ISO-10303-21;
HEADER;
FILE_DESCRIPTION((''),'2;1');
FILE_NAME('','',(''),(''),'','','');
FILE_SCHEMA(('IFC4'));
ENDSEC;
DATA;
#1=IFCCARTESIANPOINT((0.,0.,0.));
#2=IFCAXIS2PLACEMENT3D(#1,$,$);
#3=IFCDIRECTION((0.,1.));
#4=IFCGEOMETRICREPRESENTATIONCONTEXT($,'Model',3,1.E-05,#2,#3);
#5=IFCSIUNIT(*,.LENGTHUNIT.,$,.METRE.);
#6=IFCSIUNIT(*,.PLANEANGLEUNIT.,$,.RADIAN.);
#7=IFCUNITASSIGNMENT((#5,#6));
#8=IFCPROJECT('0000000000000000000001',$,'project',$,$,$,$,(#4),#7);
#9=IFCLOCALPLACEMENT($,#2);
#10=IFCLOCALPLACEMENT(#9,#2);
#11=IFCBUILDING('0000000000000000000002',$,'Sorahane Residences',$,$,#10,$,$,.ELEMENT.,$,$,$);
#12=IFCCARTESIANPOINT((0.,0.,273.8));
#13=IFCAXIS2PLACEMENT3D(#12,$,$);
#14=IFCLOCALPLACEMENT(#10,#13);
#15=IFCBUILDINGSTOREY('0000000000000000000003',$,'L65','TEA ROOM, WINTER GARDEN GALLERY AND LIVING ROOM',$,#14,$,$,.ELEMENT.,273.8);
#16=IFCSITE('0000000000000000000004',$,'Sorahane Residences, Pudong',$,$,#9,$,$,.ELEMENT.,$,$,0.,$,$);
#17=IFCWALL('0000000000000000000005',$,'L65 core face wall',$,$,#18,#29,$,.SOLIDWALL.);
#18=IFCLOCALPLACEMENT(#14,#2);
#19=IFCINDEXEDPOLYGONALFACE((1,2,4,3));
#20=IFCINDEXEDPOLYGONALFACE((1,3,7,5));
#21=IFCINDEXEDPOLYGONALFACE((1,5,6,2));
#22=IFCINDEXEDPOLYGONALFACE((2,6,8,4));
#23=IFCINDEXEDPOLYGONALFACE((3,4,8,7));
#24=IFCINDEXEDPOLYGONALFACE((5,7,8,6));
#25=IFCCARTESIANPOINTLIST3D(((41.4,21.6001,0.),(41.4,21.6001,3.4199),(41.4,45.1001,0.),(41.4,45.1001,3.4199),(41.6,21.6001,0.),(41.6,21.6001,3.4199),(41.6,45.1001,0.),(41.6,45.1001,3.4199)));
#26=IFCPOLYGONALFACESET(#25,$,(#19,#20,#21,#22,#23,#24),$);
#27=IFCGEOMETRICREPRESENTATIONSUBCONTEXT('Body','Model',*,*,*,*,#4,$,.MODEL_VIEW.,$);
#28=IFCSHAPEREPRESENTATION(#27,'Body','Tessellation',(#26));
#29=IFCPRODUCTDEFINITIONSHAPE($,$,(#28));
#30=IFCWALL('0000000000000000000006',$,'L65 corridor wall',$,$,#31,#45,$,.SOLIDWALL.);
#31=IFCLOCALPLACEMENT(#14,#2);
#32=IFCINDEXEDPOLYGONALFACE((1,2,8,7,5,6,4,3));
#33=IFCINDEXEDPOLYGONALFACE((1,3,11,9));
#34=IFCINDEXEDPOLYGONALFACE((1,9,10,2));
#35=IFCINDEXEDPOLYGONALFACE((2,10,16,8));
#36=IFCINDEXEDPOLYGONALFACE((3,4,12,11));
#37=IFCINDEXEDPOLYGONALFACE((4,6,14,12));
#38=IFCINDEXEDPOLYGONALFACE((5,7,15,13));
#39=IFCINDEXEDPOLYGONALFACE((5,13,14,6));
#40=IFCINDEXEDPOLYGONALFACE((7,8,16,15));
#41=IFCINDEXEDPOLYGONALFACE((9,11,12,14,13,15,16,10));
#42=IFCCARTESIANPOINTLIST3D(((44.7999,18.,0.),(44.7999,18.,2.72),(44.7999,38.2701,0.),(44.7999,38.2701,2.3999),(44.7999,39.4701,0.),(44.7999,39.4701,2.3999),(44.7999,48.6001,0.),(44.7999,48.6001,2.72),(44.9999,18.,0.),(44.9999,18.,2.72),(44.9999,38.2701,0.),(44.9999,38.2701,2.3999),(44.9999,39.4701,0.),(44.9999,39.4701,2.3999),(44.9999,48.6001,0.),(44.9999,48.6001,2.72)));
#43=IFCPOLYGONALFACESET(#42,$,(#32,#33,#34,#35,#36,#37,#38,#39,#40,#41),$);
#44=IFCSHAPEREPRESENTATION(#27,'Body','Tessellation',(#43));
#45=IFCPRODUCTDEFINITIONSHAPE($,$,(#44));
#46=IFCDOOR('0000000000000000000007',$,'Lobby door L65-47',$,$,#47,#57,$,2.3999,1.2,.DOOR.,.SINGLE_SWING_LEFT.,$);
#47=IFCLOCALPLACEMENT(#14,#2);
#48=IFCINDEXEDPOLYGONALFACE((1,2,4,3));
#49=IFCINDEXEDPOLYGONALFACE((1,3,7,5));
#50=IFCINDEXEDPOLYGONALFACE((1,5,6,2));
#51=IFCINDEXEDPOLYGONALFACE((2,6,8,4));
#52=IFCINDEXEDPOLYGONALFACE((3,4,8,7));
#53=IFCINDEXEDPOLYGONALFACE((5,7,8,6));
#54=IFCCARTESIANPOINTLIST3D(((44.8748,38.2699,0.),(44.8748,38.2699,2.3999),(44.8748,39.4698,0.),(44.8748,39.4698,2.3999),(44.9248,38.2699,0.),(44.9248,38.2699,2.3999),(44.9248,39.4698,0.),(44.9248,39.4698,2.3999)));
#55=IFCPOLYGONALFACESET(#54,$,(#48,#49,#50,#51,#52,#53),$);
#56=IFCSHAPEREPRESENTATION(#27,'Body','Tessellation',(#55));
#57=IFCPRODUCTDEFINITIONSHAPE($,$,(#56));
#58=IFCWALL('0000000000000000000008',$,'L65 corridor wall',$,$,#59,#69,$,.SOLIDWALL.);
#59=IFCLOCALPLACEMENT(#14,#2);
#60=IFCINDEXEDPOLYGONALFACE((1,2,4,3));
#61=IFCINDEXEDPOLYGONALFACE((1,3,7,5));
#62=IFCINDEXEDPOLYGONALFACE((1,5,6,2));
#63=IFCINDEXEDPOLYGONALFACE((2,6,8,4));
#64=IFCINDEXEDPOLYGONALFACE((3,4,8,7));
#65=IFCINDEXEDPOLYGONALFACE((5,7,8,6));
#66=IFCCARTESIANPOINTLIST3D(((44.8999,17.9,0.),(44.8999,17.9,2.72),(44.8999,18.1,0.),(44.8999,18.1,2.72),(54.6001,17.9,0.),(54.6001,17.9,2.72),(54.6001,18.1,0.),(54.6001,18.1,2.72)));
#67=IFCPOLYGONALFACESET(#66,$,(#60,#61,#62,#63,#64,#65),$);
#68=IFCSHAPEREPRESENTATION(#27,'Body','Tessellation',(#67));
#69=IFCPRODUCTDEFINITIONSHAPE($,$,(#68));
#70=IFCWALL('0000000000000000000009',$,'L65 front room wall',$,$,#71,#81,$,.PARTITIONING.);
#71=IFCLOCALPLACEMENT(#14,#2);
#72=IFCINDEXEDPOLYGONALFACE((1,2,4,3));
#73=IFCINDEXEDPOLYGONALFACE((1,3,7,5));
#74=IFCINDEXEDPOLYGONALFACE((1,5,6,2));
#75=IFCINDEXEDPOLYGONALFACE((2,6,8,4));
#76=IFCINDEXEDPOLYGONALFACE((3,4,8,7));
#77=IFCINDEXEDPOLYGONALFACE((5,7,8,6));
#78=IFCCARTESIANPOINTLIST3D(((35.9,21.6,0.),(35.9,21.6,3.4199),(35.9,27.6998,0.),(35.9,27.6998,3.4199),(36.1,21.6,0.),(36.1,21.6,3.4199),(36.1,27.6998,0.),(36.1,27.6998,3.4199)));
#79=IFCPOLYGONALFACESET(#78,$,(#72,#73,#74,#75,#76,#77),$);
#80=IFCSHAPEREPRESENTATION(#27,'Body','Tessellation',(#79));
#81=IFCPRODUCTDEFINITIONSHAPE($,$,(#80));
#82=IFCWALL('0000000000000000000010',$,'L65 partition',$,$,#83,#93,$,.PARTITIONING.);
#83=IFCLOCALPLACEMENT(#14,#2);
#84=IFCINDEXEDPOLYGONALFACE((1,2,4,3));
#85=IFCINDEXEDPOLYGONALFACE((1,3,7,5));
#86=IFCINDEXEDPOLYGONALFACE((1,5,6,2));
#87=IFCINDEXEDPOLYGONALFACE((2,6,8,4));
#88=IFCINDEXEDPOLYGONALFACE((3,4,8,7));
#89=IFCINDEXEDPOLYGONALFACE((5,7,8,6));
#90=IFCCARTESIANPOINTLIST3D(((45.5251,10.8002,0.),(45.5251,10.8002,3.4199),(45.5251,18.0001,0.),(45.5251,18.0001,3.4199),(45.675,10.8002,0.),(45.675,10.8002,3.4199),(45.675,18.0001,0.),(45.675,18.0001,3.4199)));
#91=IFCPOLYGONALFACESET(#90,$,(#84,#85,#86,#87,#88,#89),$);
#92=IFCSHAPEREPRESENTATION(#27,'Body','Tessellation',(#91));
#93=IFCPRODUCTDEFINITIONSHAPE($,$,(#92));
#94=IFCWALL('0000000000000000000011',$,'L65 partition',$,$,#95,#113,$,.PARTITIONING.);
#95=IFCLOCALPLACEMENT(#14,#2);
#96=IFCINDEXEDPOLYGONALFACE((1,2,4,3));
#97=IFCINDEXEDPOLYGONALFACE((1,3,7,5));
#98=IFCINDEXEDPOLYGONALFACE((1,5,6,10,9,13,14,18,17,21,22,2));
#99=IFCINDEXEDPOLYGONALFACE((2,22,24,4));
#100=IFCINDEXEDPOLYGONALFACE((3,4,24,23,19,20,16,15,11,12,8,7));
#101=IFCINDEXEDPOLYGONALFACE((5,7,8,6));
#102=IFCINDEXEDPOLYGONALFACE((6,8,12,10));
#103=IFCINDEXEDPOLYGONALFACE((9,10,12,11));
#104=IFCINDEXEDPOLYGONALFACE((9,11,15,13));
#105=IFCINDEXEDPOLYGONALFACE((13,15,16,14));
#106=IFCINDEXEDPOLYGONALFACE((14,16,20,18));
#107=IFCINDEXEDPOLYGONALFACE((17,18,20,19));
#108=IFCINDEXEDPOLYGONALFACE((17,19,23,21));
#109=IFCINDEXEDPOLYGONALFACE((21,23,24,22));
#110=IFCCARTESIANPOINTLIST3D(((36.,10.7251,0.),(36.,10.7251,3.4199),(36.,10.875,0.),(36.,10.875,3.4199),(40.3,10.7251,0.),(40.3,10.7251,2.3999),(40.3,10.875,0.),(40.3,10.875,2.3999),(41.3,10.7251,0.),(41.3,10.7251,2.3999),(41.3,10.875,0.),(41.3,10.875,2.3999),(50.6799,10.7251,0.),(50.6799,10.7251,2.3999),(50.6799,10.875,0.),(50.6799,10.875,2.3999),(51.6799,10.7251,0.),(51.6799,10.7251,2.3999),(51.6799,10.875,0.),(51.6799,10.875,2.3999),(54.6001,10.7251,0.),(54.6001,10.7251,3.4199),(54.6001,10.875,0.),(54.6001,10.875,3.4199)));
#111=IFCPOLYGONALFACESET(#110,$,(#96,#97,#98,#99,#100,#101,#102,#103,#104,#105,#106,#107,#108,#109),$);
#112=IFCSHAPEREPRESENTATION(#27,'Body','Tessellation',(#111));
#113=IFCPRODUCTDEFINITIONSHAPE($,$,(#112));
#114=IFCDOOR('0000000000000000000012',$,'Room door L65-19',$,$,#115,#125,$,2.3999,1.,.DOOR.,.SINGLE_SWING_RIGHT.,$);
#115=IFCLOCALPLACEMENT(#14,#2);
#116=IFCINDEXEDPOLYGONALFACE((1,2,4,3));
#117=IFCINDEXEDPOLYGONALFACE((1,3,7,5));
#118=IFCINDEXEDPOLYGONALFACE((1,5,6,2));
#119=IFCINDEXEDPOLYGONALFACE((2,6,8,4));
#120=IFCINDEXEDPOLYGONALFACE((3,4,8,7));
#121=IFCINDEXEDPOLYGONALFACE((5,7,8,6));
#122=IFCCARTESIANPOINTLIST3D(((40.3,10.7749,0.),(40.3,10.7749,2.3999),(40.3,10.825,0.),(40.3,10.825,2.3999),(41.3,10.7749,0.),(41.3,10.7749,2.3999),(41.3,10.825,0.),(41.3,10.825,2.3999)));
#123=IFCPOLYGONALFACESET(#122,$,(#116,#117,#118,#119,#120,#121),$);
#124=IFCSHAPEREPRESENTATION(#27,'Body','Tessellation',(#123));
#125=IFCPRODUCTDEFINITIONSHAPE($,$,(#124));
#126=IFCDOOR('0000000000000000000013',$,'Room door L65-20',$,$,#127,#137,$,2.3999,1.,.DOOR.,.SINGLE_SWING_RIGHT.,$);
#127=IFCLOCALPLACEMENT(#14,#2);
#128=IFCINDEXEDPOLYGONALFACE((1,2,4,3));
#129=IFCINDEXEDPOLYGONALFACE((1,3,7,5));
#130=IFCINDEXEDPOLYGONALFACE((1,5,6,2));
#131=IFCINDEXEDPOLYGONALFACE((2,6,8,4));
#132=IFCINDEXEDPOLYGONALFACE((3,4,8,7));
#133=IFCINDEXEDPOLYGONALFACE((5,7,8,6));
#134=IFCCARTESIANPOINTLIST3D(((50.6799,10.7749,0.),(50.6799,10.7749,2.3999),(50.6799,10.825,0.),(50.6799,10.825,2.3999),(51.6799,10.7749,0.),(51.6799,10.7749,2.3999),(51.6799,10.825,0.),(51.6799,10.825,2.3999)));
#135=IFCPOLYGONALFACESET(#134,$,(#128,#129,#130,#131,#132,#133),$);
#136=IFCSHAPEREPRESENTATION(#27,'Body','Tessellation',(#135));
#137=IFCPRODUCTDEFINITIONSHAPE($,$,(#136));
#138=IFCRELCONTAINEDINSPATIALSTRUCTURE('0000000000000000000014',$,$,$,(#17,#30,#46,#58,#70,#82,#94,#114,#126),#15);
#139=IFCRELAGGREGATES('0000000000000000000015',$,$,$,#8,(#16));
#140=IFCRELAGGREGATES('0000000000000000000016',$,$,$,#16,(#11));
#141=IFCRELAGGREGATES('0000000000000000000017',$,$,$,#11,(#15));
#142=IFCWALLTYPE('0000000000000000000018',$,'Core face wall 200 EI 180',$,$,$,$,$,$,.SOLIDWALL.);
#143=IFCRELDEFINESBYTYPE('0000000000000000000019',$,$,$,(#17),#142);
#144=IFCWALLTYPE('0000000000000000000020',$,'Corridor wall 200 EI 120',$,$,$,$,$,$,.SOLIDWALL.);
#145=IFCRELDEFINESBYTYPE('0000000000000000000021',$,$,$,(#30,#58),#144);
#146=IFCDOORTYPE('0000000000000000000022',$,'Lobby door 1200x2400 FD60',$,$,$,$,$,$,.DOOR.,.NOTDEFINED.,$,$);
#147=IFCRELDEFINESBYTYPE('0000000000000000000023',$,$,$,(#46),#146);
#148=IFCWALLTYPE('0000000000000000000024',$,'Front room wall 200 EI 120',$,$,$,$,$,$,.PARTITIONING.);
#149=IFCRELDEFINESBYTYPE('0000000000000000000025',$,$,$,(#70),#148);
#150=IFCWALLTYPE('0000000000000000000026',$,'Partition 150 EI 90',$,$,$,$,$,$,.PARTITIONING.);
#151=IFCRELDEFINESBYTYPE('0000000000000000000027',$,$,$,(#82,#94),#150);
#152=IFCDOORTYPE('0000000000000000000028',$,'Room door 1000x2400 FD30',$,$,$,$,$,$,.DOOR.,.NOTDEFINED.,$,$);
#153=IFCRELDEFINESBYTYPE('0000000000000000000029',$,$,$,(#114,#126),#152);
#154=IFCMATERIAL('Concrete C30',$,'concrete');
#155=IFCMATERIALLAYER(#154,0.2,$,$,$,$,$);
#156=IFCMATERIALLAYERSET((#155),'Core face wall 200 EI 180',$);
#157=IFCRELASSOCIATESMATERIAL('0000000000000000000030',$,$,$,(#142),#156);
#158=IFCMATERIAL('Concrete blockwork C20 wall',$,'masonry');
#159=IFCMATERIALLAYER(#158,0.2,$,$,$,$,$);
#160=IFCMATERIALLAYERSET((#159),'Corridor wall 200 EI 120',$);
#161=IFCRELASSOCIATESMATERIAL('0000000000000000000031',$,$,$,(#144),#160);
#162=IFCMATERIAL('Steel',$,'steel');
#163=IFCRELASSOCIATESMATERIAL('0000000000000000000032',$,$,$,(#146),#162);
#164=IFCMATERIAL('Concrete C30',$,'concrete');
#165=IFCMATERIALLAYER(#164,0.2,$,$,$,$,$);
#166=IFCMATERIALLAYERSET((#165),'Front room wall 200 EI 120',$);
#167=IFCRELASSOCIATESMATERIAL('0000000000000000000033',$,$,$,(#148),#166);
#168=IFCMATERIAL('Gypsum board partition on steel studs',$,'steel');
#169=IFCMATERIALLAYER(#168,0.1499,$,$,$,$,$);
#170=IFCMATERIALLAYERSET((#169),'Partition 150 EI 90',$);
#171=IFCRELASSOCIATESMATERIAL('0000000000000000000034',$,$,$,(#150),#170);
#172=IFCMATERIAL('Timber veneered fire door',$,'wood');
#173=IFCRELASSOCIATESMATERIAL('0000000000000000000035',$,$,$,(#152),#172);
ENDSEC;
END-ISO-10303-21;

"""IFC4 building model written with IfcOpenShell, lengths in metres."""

from ifc_helpers import new_model, si_unit, direction, frame, frame_2d, origin, place, context, subcontext, project, spatial, rectangle, extrude, material, layer, layer_set, type_object, element, fill, save


model = new_model("IFC4")

# Units and contexts
model_context = context("Model", 3, precision=1e-05, world=origin(), true_north=direction((0.0, 1.0)))
body_context = subcontext(model_context, "Body", "Model", "MODEL_VIEW")
ifc_project = project(units=[si_unit("LENGTHUNIT", "METRE"), si_unit("PLANEANGLEUNIT", "RADIAN")], contexts=[model_context])

# Site, building, storey
site_placement = place(None, origin())
site = spatial("IfcSite", under=ifc_project, at=site_placement, Name="Sorahane Residences, Pudong", CompositionType="ELEMENT", RefElevation=0.0)
building_placement = place(site_placement, origin())
building = spatial("IfcBuilding", under=site, at=building_placement, Name="Sorahane Residences", CompositionType="ELEMENT")
storey_placement = place(building_placement, frame((0.0, 0.0, 273.8)))
storey = spatial("IfcBuildingStorey", under=building, at=storey_placement, Name="L65", Description="TEA ROOM, WINTER GARDEN GALLERY AND LIVING ROOM", CompositionType="ELEMENT", Elevation=273.8)

# Wall
ifc_material_1 = material(Name="Concrete C30", Category="concrete")
ifc_layer_1 = layer(ifc_material_1, 0.2)
ifc_layer_set_1 = layer_set([ifc_layer_1], Name="Core face wall 200 EI 180")
wall_type_1 = type_object("IfcWallType", Name="Core face wall 200 EI 180", PredefinedType="SOLIDWALL", material=ifc_layer_set_1)
wall_1_placement = place(storey_placement, frame((41.5, 21.6001, 0.0), z_axis=(0.0, 0.0, 1.0), x_axis=(0.0, 1.0, 0.0)))
element("IfcWall", 1, at=wall_1_placement, inside=storey, type_object=wall_type_1, Name="L65 core face wall", PredefinedType="SOLIDWALL", context=body_context, shape_type="SweptSolid", body=[
    extrude(rectangle(XDim=23.5, YDim=0.2, at=frame_2d((11.75, 0.0))), origin(), (0.0, 0.0, 1.0), 3.4199),
])

# Wall, opening, door
ifc_material_2 = material(Name="Concrete blockwork C20 wall", Category="masonry")
ifc_layer_2 = layer(ifc_material_2, 0.2)
ifc_layer_set_2 = layer_set([ifc_layer_2], Name="Corridor wall 200 EI 120")
wall_type_2 = type_object("IfcWallType", Name="Corridor wall 200 EI 120", PredefinedType="SOLIDWALL", material=ifc_layer_set_2)
wall_2_placement = place(storey_placement, frame((44.8999, 18.0, 0.0), z_axis=(0.0, 0.0, 1.0), x_axis=(0.0, 1.0, 0.0)))
wall_2 = element("IfcWall", 2, at=wall_2_placement, inside=storey, type_object=wall_type_2, Name="L65 corridor wall", PredefinedType="SOLIDWALL", context=body_context, shape_type="SweptSolid", body=[
    extrude(rectangle(XDim=30.6001, YDim=0.2, at=frame_2d((15.3, 0.0))), origin(), (0.0, 0.0, 1.0), 2.72),
])
opening_1_placement = place(wall_2_placement, frame((20.27, 0.0, 0.0)))
opening_1 = element("IfcOpeningElement", 3, at=opening_1_placement, cuts=wall_2, PredefinedType="OPENING", context=body_context, shape_type="SweptSolid", body=[
    extrude(rectangle(XDim=1.2, YDim=2.3999, at=frame_2d((0.6001, 1.2))), frame((0.0, 0.1099, 0.0), z_axis=(0.0, -1.0, 0.0), x_axis=(1.0, 0.0, 0.0)), (0.0, 0.0, 1.0), 0.22),
])
ifc_material_3 = material(Name="Steel", Category="steel")
door_type_1 = type_object("IfcDoorType", Name="Lobby door 1200x2400 FD60", OperationType="NOTDEFINED", PredefinedType="DOOR", material=ifc_material_3)
door_1_placement = place(opening_1_placement, frame((1.2, 0.0, 0.0), z_axis=(0.0, 0.0, 1.0), x_axis=(-1.0, 0.0, 0.0)))
door_1 = element("IfcDoor", 4, at=door_1_placement, inside=storey, type_object=door_type_1, Name="Lobby door L65-47", OperationType="SINGLE_SWING_LEFT", OverallHeight=2.3999, OverallWidth=1.2, PredefinedType="DOOR", context=body_context, shape_type="SweptSolid", body=[
    extrude(rectangle(XDim=1.2, YDim=2.3999, at=frame_2d((0.6001, 1.2))), frame((0.0, 0.0249, 0.0), z_axis=(0.0, -1.0, 0.0), x_axis=(1.0, 0.0, 0.0)), (0.0, 0.0, 1.0), 0.05),
])
fill(opening_1, door_1)

# Walls
wall_3_placement = place(storey_placement, frame((44.8999, 18.0, 0.0), z_axis=(0.0, 0.0, 1.0), x_axis=(1.0, 0.0, 0.0)))
element("IfcWall", 5, at=wall_3_placement, inside=storey, type_object=wall_type_2, Name="L65 corridor wall", PredefinedType="SOLIDWALL", context=body_context, shape_type="SweptSolid", body=[
    extrude(rectangle(XDim=9.7002, YDim=0.2, at=frame_2d((4.8501, 0.0))), origin(), (0.0, 0.0, 1.0), 2.72),
])
ifc_material_4 = material(Name="Concrete C30", Category="concrete")
ifc_layer_3 = layer(ifc_material_4, 0.2)
ifc_layer_set_3 = layer_set([ifc_layer_3], Name="Front room wall 200 EI 120")
wall_type_3 = type_object("IfcWallType", Name="Front room wall 200 EI 120", PredefinedType="PARTITIONING", material=ifc_layer_set_3)
wall_4_placement = place(storey_placement, frame((36.0, 21.6001, 0.0), z_axis=(0.0, 0.0, 1.0), x_axis=(0.0, 1.0, 0.0)))
element("IfcWall", 6, at=wall_4_placement, inside=storey, type_object=wall_type_3, Name="L65 front room wall", PredefinedType="PARTITIONING", context=body_context, shape_type="SweptSolid", body=[
    extrude(rectangle(XDim=6.0999, YDim=0.2, at=frame_2d((3.0498, 0.0))), origin(), (0.0, 0.0, 1.0), 3.4199),
])
ifc_material_5 = material(Name="Gypsum board partition on steel studs", Category="steel")
ifc_layer_4 = layer(ifc_material_5, 0.1499)
ifc_layer_set_4 = layer_set([ifc_layer_4], Name="Partition 150 EI 90")
wall_type_4 = type_object("IfcWallType", Name="Partition 150 EI 90", PredefinedType="PARTITIONING", material=ifc_layer_set_4)
wall_5_placement = place(storey_placement, frame((45.6001, 10.8, 0.0), z_axis=(0.0, 0.0, 1.0), x_axis=(0.0, 1.0, 0.0)))
element("IfcWall", 7, at=wall_5_placement, inside=storey, type_object=wall_type_4, Name="L65 partition", PredefinedType="PARTITIONING", context=body_context, shape_type="SweptSolid", body=[
    extrude(rectangle(XDim=7.2, YDim=0.1499, at=frame_2d((3.6001, 0.0))), origin(), (0.0, 0.0, 1.0), 3.4199),
])

# Wall, openings, doors
wall_6_placement = place(storey_placement, frame((36.0, 10.8, 0.0), z_axis=(0.0, 0.0, 1.0), x_axis=(1.0, 0.0, 0.0)))
wall_6 = element("IfcWall", 8, at=wall_6_placement, inside=storey, type_object=wall_type_4, Name="L65 partition", PredefinedType="PARTITIONING", context=body_context, shape_type="SweptSolid", body=[
    extrude(rectangle(XDim=18.6001, YDim=0.1499, at=frame_2d((9.3, 0.0))), origin(), (0.0, 0.0, 1.0), 3.4199),
])
opening_2_placement = place(wall_6_placement, frame((4.3, 0.0, 0.0)))
opening_2 = element("IfcOpeningElement", 9, at=opening_2_placement, cuts=wall_6, PredefinedType="OPENING", context=body_context, shape_type="SweptSolid", body=[
    extrude(rectangle(XDim=1.0, YDim=2.3999, at=frame_2d((0.5, 1.2))), frame((0.0, 0.085, 0.0), z_axis=(0.0, -1.0, 0.0), x_axis=(1.0, 0.0, 0.0)), (0.0, 0.0, 1.0), 0.1699),
])
opening_3_placement = place(wall_6_placement, frame((14.6799, 0.0, 0.0)))
opening_3 = element("IfcOpeningElement", 10, at=opening_3_placement, cuts=wall_6, PredefinedType="OPENING", context=body_context, shape_type="SweptSolid", body=[
    extrude(rectangle(XDim=1.0, YDim=2.3999, at=frame_2d((0.5, 1.2))), frame((0.0, 0.085, 0.0), z_axis=(0.0, -1.0, 0.0), x_axis=(1.0, 0.0, 0.0)), (0.0, 0.0, 1.0), 0.1699),
])
ifc_material_6 = material(Name="Timber veneered fire door", Category="wood")
door_type_2 = type_object("IfcDoorType", Name="Room door 1000x2400 FD30", OperationType="NOTDEFINED", PredefinedType="DOOR", material=ifc_material_6)
door_2_placement = place(opening_2_placement, origin())
door_2 = element("IfcDoor", 11, at=door_2_placement, inside=storey, type_object=door_type_2, Name="Room door L65-19", OperationType="SINGLE_SWING_RIGHT", OverallHeight=2.3999, OverallWidth=1.0, PredefinedType="DOOR", context=body_context, shape_type="SweptSolid", body=[
    extrude(rectangle(XDim=1.0, YDim=2.3999, at=frame_2d((0.5, 1.2))), frame((0.0, 0.0249, 0.0), z_axis=(0.0, -1.0, 0.0), x_axis=(1.0, 0.0, 0.0)), (0.0, 0.0, 1.0), 0.05),
])
fill(opening_2, door_2)
door_3_placement = place(opening_3_placement, origin())
door_3 = element("IfcDoor", 12, at=door_3_placement, inside=storey, type_object=door_type_2, Name="Room door L65-20", OperationType="SINGLE_SWING_RIGHT", OverallHeight=2.3999, OverallWidth=1.0, PredefinedType="DOOR", context=body_context, shape_type="SweptSolid", body=[
    extrude(rectangle(XDim=1.0, YDim=2.3999, at=frame_2d((0.5, 1.2))), frame((0.0, 0.0249, 0.0), z_axis=(0.0, -1.0, 0.0), x_axis=(1.0, 0.0, 0.0)), (0.0, 0.0, 1.0), 0.05),
])
fill(opening_3, door_3)

save(model, "model.ifc")
